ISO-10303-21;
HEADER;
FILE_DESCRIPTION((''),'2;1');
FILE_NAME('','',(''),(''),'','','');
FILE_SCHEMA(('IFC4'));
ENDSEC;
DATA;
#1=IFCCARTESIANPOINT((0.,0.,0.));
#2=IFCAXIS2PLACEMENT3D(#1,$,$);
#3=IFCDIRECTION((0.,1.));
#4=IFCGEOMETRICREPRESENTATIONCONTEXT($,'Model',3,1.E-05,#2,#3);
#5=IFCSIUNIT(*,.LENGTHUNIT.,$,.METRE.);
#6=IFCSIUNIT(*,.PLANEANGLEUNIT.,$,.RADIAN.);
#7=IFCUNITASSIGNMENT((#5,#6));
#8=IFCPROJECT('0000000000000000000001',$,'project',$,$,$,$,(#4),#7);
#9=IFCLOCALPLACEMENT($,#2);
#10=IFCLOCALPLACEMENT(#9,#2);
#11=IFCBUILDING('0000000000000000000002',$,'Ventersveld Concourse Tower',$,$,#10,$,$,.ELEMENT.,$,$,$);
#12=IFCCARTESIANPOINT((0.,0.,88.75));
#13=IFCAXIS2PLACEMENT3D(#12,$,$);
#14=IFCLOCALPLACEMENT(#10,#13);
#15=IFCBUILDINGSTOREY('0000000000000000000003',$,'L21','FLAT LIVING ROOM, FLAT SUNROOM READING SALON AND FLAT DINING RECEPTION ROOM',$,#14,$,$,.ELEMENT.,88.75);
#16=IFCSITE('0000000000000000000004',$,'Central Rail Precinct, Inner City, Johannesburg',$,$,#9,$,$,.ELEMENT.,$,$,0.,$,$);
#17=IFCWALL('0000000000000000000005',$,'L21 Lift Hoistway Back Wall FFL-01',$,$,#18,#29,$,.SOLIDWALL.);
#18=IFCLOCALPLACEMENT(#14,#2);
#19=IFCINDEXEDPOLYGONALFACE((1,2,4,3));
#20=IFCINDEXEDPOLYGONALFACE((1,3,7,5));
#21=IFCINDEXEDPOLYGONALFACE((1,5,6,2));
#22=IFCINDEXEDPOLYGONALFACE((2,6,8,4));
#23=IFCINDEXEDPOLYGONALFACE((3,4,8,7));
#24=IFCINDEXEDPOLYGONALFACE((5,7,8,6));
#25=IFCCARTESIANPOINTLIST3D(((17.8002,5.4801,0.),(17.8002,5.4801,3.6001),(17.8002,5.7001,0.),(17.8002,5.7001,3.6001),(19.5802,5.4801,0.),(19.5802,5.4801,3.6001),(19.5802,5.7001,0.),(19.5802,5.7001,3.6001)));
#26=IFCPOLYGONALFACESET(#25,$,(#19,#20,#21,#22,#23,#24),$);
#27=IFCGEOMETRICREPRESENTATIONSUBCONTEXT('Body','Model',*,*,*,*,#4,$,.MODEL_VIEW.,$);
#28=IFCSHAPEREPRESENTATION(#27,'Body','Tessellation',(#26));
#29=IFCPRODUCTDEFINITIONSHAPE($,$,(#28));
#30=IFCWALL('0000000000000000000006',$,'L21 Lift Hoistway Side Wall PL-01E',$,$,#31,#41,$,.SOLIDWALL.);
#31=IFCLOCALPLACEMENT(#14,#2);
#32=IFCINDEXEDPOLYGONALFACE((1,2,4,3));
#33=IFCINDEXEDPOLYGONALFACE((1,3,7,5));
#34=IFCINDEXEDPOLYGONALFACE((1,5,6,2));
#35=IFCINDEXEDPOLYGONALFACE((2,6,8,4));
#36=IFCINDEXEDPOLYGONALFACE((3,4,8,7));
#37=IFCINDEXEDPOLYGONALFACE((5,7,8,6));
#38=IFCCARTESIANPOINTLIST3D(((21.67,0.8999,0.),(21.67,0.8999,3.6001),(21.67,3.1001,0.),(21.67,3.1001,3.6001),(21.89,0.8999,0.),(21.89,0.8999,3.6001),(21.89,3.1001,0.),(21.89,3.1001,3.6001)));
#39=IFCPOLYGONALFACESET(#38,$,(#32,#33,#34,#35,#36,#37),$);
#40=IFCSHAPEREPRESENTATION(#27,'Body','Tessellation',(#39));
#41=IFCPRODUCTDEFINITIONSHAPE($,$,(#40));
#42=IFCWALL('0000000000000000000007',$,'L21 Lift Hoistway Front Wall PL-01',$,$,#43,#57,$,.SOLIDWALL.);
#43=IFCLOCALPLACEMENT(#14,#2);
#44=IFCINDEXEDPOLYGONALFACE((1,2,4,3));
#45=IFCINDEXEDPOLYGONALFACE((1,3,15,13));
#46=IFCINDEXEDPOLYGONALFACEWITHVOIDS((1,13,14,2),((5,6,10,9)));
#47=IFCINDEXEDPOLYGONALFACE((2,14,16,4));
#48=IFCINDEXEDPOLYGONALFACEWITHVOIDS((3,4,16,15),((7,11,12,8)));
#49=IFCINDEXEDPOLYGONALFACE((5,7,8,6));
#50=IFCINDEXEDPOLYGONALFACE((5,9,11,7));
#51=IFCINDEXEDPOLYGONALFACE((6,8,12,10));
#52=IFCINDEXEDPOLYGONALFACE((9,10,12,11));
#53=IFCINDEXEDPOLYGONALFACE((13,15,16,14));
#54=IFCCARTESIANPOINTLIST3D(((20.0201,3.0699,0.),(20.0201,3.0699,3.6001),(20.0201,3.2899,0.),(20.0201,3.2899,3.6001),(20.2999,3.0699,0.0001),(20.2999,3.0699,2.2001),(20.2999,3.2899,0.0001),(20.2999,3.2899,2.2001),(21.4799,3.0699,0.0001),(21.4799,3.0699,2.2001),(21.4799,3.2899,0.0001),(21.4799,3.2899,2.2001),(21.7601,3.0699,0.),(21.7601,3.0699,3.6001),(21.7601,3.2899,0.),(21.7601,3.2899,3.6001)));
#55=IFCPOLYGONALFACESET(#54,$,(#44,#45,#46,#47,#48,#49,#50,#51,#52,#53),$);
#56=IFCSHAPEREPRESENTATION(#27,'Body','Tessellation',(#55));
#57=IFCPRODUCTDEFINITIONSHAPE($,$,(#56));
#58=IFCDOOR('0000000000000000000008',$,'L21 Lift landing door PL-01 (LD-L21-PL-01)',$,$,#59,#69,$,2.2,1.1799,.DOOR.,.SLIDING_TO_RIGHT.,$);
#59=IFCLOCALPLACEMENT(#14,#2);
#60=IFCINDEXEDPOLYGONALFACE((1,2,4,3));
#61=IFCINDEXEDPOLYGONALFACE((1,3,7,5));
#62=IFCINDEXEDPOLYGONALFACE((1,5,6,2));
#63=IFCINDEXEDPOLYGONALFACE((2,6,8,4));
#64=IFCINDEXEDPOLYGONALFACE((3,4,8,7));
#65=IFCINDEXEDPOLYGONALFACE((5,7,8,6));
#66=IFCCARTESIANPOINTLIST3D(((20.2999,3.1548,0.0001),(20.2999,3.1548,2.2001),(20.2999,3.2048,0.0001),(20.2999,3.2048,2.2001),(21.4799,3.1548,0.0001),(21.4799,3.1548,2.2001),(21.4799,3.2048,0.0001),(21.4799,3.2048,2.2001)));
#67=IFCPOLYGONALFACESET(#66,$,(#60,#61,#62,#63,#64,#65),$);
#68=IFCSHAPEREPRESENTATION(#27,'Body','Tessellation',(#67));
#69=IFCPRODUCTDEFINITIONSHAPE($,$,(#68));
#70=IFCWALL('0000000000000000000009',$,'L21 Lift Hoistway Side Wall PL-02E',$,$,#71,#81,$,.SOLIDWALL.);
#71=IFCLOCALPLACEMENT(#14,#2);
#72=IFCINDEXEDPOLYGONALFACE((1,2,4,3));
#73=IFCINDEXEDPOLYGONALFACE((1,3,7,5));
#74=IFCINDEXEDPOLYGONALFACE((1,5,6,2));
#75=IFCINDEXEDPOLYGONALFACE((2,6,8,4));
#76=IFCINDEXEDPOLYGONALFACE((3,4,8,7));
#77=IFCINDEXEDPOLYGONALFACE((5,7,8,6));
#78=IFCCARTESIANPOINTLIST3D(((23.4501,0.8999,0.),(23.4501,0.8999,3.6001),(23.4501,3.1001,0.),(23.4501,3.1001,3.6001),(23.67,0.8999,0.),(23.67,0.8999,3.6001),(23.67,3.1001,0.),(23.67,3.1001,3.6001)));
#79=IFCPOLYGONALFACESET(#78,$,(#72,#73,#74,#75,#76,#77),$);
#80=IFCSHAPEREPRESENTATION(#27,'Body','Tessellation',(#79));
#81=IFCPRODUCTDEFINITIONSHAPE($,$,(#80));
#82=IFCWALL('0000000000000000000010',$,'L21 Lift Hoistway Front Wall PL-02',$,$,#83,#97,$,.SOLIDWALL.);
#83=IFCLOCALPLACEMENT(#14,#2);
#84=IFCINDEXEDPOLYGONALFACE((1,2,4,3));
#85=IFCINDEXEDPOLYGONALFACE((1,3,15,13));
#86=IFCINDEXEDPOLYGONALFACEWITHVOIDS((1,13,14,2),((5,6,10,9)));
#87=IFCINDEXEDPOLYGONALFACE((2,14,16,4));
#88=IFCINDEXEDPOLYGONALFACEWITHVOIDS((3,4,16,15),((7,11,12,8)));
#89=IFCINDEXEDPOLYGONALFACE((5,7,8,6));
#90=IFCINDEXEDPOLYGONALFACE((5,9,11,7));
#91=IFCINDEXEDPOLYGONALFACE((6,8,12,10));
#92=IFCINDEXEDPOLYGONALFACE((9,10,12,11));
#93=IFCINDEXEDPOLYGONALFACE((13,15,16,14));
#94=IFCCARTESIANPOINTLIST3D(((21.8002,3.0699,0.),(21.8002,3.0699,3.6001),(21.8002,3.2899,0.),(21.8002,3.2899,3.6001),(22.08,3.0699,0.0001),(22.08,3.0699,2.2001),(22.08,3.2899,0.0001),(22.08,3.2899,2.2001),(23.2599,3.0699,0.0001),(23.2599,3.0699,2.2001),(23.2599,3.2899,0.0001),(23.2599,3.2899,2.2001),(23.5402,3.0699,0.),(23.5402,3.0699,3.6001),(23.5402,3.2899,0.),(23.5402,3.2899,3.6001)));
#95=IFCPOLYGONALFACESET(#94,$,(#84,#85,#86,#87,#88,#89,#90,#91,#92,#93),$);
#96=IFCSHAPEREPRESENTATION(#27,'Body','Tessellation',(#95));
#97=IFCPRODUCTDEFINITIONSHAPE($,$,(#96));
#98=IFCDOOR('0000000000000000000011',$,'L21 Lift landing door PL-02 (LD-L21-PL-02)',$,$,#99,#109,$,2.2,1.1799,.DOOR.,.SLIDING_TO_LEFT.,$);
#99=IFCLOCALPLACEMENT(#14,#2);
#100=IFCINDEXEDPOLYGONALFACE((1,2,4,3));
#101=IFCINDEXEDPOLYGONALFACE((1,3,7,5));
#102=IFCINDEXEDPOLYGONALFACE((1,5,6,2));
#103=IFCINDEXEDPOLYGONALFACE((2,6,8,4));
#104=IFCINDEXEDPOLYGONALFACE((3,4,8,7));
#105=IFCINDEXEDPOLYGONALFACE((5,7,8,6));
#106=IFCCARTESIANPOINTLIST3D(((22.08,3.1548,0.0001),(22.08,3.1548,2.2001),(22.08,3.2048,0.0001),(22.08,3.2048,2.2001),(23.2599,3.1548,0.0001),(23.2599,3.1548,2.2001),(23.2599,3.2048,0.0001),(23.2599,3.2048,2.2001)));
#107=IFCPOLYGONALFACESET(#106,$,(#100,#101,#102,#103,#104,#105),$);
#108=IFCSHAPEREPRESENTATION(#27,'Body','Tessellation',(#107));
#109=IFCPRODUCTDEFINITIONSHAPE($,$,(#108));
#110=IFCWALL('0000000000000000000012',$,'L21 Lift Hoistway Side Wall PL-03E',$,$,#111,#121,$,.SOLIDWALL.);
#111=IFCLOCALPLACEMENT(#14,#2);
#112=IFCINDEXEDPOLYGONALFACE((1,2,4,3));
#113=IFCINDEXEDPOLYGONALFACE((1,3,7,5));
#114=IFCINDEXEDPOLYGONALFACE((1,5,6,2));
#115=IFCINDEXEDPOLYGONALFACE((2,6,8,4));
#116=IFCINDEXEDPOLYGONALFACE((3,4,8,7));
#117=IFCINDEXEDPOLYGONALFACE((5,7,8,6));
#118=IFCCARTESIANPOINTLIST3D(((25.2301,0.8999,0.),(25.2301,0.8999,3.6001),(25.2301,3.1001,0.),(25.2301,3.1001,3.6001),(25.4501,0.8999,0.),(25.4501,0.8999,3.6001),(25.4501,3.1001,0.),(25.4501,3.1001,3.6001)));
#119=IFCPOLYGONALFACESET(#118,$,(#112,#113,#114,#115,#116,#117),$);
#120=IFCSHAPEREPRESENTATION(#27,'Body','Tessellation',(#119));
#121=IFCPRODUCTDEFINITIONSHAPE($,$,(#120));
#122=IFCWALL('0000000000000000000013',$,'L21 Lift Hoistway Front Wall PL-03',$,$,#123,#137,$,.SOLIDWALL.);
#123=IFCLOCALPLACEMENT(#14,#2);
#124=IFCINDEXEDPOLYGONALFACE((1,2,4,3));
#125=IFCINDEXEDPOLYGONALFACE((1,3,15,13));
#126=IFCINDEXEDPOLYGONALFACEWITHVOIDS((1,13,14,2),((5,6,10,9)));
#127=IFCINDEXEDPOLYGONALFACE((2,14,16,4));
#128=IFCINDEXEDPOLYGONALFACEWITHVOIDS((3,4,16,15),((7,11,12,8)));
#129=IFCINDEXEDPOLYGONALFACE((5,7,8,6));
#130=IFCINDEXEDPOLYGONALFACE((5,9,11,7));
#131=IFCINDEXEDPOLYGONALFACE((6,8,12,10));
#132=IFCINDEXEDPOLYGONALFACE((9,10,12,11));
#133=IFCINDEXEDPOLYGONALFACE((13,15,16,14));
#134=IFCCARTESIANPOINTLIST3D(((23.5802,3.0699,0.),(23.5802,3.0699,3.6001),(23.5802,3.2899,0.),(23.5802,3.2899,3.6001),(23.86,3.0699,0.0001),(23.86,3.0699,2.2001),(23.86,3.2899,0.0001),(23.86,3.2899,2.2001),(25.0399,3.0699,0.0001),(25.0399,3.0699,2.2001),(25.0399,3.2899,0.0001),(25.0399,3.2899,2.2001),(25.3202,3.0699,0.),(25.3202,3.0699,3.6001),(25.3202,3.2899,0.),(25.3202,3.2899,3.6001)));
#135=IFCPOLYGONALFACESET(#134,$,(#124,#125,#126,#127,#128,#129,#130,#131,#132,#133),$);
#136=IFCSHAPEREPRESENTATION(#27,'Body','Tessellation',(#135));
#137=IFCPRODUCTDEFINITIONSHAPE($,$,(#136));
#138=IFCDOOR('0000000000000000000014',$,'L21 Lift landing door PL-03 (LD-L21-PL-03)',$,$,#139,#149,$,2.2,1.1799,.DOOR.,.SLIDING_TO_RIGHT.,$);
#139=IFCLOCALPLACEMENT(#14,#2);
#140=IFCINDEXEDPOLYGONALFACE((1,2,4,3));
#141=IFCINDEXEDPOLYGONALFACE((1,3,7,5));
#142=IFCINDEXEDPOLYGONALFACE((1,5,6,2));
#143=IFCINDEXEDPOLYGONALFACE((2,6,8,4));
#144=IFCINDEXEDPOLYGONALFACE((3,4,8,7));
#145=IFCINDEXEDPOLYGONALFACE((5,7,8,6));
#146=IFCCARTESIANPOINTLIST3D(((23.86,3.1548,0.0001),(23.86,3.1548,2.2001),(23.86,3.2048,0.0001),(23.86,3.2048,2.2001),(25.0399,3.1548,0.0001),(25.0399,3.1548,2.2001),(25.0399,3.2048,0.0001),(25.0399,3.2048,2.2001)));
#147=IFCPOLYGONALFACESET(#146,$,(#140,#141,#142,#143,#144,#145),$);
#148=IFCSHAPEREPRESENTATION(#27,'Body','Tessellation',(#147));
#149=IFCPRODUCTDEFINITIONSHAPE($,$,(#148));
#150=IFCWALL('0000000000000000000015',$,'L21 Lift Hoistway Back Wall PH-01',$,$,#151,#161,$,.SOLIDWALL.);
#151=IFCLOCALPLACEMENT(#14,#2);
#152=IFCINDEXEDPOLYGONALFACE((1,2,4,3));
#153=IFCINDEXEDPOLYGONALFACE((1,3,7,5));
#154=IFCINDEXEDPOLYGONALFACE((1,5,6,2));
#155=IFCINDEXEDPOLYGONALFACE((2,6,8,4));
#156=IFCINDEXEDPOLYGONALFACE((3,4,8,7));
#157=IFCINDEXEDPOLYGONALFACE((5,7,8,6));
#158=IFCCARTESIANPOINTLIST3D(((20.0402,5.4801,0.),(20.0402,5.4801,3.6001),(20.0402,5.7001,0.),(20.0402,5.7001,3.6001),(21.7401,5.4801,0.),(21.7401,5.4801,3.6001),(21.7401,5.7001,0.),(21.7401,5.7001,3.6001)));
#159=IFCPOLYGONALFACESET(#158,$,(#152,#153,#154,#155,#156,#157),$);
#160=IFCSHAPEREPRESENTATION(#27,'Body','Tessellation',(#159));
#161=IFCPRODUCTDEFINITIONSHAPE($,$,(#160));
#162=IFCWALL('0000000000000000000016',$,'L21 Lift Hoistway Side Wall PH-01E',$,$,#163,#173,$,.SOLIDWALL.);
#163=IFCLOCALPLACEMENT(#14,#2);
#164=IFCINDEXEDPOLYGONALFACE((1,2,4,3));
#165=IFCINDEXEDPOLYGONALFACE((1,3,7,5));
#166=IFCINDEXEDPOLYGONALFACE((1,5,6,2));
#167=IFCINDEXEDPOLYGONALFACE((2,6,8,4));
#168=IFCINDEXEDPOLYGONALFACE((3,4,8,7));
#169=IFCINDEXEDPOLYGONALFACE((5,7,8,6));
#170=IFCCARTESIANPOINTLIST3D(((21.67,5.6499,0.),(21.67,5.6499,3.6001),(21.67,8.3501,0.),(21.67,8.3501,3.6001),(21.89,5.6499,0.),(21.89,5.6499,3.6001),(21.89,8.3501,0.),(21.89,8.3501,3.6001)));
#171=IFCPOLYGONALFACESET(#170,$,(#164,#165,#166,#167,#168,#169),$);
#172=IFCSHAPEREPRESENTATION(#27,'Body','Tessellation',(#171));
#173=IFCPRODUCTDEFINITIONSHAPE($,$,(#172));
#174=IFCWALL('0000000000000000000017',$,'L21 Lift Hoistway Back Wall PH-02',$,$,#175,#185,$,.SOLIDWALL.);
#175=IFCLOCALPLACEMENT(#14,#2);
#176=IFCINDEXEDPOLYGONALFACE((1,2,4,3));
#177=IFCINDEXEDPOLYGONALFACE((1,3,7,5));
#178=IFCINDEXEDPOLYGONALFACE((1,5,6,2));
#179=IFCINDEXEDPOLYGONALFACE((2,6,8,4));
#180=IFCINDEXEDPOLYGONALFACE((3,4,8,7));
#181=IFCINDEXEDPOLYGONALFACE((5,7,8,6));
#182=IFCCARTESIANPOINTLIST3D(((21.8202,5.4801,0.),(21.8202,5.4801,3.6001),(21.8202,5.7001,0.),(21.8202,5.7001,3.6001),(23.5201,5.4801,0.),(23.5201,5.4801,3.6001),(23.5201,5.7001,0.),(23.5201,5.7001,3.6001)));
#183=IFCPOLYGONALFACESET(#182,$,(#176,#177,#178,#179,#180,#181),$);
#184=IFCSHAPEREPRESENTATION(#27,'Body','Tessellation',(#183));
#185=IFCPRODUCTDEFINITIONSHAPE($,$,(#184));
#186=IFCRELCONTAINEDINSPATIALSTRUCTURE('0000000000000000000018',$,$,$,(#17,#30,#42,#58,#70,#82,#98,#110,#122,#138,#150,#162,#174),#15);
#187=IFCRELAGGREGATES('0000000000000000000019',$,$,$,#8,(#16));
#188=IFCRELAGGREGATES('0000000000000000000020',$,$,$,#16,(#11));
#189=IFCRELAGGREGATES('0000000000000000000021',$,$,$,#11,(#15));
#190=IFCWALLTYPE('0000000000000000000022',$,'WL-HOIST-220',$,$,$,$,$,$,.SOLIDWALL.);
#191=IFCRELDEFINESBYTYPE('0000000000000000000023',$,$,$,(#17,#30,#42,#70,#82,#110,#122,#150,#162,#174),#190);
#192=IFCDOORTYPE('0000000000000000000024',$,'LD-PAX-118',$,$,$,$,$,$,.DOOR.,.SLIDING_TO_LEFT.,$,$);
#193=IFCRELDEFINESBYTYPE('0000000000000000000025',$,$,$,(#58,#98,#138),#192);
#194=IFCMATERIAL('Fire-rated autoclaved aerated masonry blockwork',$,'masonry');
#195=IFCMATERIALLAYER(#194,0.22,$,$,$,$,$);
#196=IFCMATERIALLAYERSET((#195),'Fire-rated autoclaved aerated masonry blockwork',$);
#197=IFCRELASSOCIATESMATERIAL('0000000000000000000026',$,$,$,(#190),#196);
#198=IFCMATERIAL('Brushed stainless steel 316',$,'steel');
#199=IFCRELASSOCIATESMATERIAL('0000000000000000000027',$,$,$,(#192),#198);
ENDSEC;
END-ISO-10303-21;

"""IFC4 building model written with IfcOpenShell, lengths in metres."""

from ifc_helpers import new_model, si_unit, direction, frame, frame_2d, origin, place, context, subcontext, project, spatial, rectangle, extrude, material, layer, layer_set, type_object, element, fill, save


model = new_model("IFC4")

# Units and contexts
model_context = context("Model", 3, precision=1e-05, world=origin(), true_north=direction((0.0, 1.0)))
body_context = subcontext(model_context, "Body", "Model", "MODEL_VIEW")
ifc_project = project(units=[si_unit("LENGTHUNIT", "METRE"), si_unit("PLANEANGLEUNIT", "RADIAN")], contexts=[model_context])

# Site, building, storey
site_placement = place(None, origin())
site = spatial("IfcSite", under=ifc_project, at=site_placement, Name="Central Rail Precinct, Inner City, Johannesburg", CompositionType="ELEMENT", RefElevation=0.0)
building_placement = place(site_placement, origin())
building = spatial("IfcBuilding", under=site, at=building_placement, Name="Ventersveld Concourse Tower", CompositionType="ELEMENT")
storey_placement = place(building_placement, frame((0.0, 0.0, 88.75)))
storey = spatial("IfcBuildingStorey", under=building, at=storey_placement, Name="L21", Description="FLAT LIVING ROOM, FLAT SUNROOM READING SALON AND FLAT DINING RECEPTION ROOM", CompositionType="ELEMENT", Elevation=88.75)

# Walls
ifc_material_1 = material(Name="Fire-rated autoclaved aerated masonry blockwork", Category="masonry")
ifc_layer_1 = layer(ifc_material_1, 0.22)
ifc_layer_set_1 = layer_set([ifc_layer_1], Name="Fire-rated autoclaved aerated masonry blockwork")
wall_type_1 = type_object("IfcWallType", Name="WL-HOIST-220", PredefinedType="SOLIDWALL", material=ifc_layer_set_1)
wall_1_placement = place(storey_placement, frame((17.8, 5.5901, 0.0), z_axis=(0.0, 0.0, 1.0), x_axis=(1.0, 0.0, 0.0)))
element("IfcWall", 1, at=wall_1_placement, inside=storey, type_object=wall_type_1, Name="L21 Lift Hoistway Back Wall FFL-01", PredefinedType="SOLIDWALL", context=body_context, shape_type="SweptSolid", body=[
    extrude(rectangle(XDim=1.78, YDim=0.22, at=frame_2d((0.8901, 0.0))), origin(), (0.0, 0.0, 1.0), 3.6001),
])
wall_2_placement = place(storey_placement, frame((21.78, 0.8999, 0.0), z_axis=(0.0, 0.0, 1.0), x_axis=(0.0, 1.0, 0.0)))
element("IfcWall", 2, at=wall_2_placement, inside=storey, type_object=wall_type_1, Name="L21 Lift Hoistway Side Wall PL-01E", PredefinedType="SOLIDWALL", context=body_context, shape_type="SweptSolid", body=[
    extrude(rectangle(XDim=2.2002, YDim=0.22, at=frame_2d((1.1001, 0.0))), origin(), (0.0, 0.0, 1.0), 3.6001),
])

# Wall, opening, door
wall_3_placement = place(storey_placement, frame((20.02, 3.1799, 0.0), z_axis=(0.0, 0.0, 1.0), x_axis=(1.0, 0.0, 0.0)))
wall_3 = element("IfcWall", 3, at=wall_3_placement, inside=storey, type_object=wall_type_1, Name="L21 Lift Hoistway Front Wall PL-01", PredefinedType="SOLIDWALL", context=body_context, shape_type="SweptSolid", body=[
    extrude(rectangle(XDim=1.74, YDim=0.22, at=frame_2d((0.8701, 0.0))), origin(), (0.0, 0.0, 1.0), 3.6001),
])
opening_1_placement = place(wall_3_placement, frame((0.28, 0.0, 0.0)))
opening_1 = element("IfcOpeningElement", 4, at=opening_1_placement, cuts=wall_3, PredefinedType="OPENING", context=body_context, shape_type="SweptSolid", body=[
    extrude(rectangle(XDim=1.1799, YDim=2.2, at=frame_2d((0.5898, 1.1001))), frame((0.0, 0.1201, 0.0), z_axis=(0.0, -1.0, 0.0), x_axis=(1.0, 0.0, 0.0)), (0.0, 0.0, 1.0), 0.24),
])
ifc_material_2 = material(Name="Brushed stainless steel 316", Category="steel")
door_type = type_object("IfcDoorType", Name="LD-PAX-118", OperationType="SLIDING_TO_LEFT", PredefinedType="DOOR", material=ifc_material_2)
door_1_placement = place(opening_1_placement, origin())
door_1 = element("IfcDoor", 5, at=door_1_placement, inside=storey, type_object=door_type, Name="L21 Lift landing door PL-01 (LD-L21-PL-01)", OperationType="SLIDING_TO_RIGHT", OverallHeight=2.2, OverallWidth=1.1799, PredefinedType="DOOR", context=body_context, shape_type="SweptSolid", body=[
    extrude(rectangle(XDim=1.1799, YDim=2.2, at=frame_2d((0.5898, 1.1001))), frame((0.0, 0.0249, 0.0), z_axis=(0.0, -1.0, 0.0), x_axis=(1.0, 0.0, 0.0)), (0.0, 0.0, 1.0), 0.05),
])
fill(opening_1, door_1)

# Wall
wall_4_placement = place(storey_placement, frame((23.5601, 0.8999, 0.0), z_axis=(0.0, 0.0, 1.0), x_axis=(0.0, 1.0, 0.0)))
element("IfcWall", 6, at=wall_4_placement, inside=storey, type_object=wall_type_1, Name="L21 Lift Hoistway Side Wall PL-02E", PredefinedType="SOLIDWALL", context=body_context, shape_type="SweptSolid", body=[
    extrude(rectangle(XDim=2.2002, YDim=0.22, at=frame_2d((1.1001, 0.0))), origin(), (0.0, 0.0, 1.0), 3.6001),
])

# Wall, opening, door
wall_5_placement = place(storey_placement, frame((21.8, 3.1799, 0.0), z_axis=(0.0, 0.0, 1.0), x_axis=(1.0, 0.0, 0.0)))
wall_5 = element("IfcWall", 7, at=wall_5_placement, inside=storey, type_object=wall_type_1, Name="L21 Lift Hoistway Front Wall PL-02", PredefinedType="SOLIDWALL", context=body_context, shape_type="SweptSolid", body=[
    extrude(rectangle(XDim=1.74, YDim=0.22, at=frame_2d((0.8701, 0.0))), origin(), (0.0, 0.0, 1.0), 3.6001),
])
opening_2_placement = place(wall_5_placement, frame((0.28, 0.0, 0.0)))
opening_2 = element("IfcOpeningElement", 8, at=opening_2_placement, cuts=wall_5, PredefinedType="OPENING", context=body_context, shape_type="SweptSolid", body=[
    extrude(rectangle(XDim=1.1799, YDim=2.2, at=frame_2d((0.5898, 1.1001))), frame((0.0, 0.1201, 0.0), z_axis=(0.0, -1.0, 0.0), x_axis=(1.0, 0.0, 0.0)), (0.0, 0.0, 1.0), 0.24),
])
door_2_placement = place(opening_2_placement, origin())
door_2 = element("IfcDoor", 9, at=door_2_placement, inside=storey, type_object=door_type, Name="L21 Lift landing door PL-02 (LD-L21-PL-02)", OperationType="SLIDING_TO_LEFT", OverallHeight=2.2, OverallWidth=1.1799, PredefinedType="DOOR", context=body_context, shape_type="SweptSolid", body=[
    extrude(rectangle(XDim=1.1799, YDim=2.2, at=frame_2d((0.5898, 1.1001))), frame((0.0, 0.0249, 0.0), z_axis=(0.0, -1.0, 0.0), x_axis=(1.0, 0.0, 0.0)), (0.0, 0.0, 1.0), 0.05),
])
fill(opening_2, door_2)

# Wall
wall_6_placement = place(storey_placement, frame((25.3401, 0.8999, 0.0), z_axis=(0.0, 0.0, 1.0), x_axis=(0.0, 1.0, 0.0)))
element("IfcWall", 10, at=wall_6_placement, inside=storey, type_object=wall_type_1, Name="L21 Lift Hoistway Side Wall PL-03E", PredefinedType="SOLIDWALL", context=body_context, shape_type="SweptSolid", body=[
    extrude(rectangle(XDim=2.2002, YDim=0.22, at=frame_2d((1.1001, 0.0))), origin(), (0.0, 0.0, 1.0), 3.6001),
])

# Wall, opening, door
wall_7_placement = place(storey_placement, frame((23.5801, 3.1799, 0.0), z_axis=(0.0, 0.0, 1.0), x_axis=(1.0, 0.0, 0.0)))
wall_7 = element("IfcWall", 11, at=wall_7_placement, inside=storey, type_object=wall_type_1, Name="L21 Lift Hoistway Front Wall PL-03", PredefinedType="SOLIDWALL", context=body_context, shape_type="SweptSolid", body=[
    extrude(rectangle(XDim=1.74, YDim=0.22, at=frame_2d((0.8701, 0.0))), origin(), (0.0, 0.0, 1.0), 3.6001),
])
opening_3_placement = place(wall_7_placement, frame((0.28, 0.0, 0.0)))
opening_3 = element("IfcOpeningElement", 12, at=opening_3_placement, cuts=wall_7, PredefinedType="OPENING", context=body_context, shape_type="SweptSolid", body=[
    extrude(rectangle(XDim=1.1799, YDim=2.2, at=frame_2d((0.5898, 1.1001))), frame((0.0, 0.1201, 0.0), z_axis=(0.0, -1.0, 0.0), x_axis=(1.0, 0.0, 0.0)), (0.0, 0.0, 1.0), 0.24),
])
door_3_placement = place(opening_3_placement, origin())
door_3 = element("IfcDoor", 13, at=door_3_placement, inside=storey, type_object=door_type, Name="L21 Lift landing door PL-03 (LD-L21-PL-03)", OperationType="SLIDING_TO_RIGHT", OverallHeight=2.2, OverallWidth=1.1799, PredefinedType="DOOR", context=body_context, shape_type="SweptSolid", body=[
    extrude(rectangle(XDim=1.1799, YDim=2.2, at=frame_2d((0.5898, 1.1001))), frame((0.0, 0.0249, 0.0), z_axis=(0.0, -1.0, 0.0), x_axis=(1.0, 0.0, 0.0)), (0.0, 0.0, 1.0), 0.05),
])
fill(opening_3, door_3)

# Walls
wall_8_placement = place(storey_placement, frame((20.04, 5.5901, 0.0), z_axis=(0.0, 0.0, 1.0), x_axis=(1.0, 0.0, 0.0)))
element("IfcWall", 14, at=wall_8_placement, inside=storey, type_object=wall_type_1, Name="L21 Lift Hoistway Back Wall PH-01", PredefinedType="SOLIDWALL", context=body_context, shape_type="SweptSolid", body=[
    extrude(rectangle(XDim=1.7, YDim=0.22, at=frame_2d((0.8501, 0.0))), origin(), (0.0, 0.0, 1.0), 3.6001),
])
wall_9_placement = place(storey_placement, frame((21.78, 5.6499, 0.0), z_axis=(0.0, 0.0, 1.0), x_axis=(0.0, 1.0, 0.0)))
element("IfcWall", 15, at=wall_9_placement, inside=storey, type_object=wall_type_1, Name="L21 Lift Hoistway Side Wall PH-01E", PredefinedType="SOLIDWALL", context=body_context, shape_type="SweptSolid", body=[
    extrude(rectangle(XDim=2.7002, YDim=0.22, at=frame_2d((1.3501, 0.0))), origin(), (0.0, 0.0, 1.0), 3.6001),
])
for number, where, z_axis, x_axis, name in (
    (16, (21.8201, 5.5901, 0.0), (0.0, 0.0, 1.0), (1.0, 0.0, 0.0), "L21 Lift Hoistway Back Wall PH-02"),
):
    element("IfcWall", number, at=place(storey_placement, frame(where, z_axis=z_axis, x_axis=x_axis)), inside=storey, type_object=wall_type_1, Name=name, PredefinedType="SOLIDWALL", context=body_context, shape_type="SweptSolid", body=[
        extrude(rectangle(XDim=1.7, YDim=0.22, at=frame_2d((0.8501, 0.0))), origin(), (0.0, 0.0, 1.0), 3.6001),
    ])

save(model, "model.ifc")
